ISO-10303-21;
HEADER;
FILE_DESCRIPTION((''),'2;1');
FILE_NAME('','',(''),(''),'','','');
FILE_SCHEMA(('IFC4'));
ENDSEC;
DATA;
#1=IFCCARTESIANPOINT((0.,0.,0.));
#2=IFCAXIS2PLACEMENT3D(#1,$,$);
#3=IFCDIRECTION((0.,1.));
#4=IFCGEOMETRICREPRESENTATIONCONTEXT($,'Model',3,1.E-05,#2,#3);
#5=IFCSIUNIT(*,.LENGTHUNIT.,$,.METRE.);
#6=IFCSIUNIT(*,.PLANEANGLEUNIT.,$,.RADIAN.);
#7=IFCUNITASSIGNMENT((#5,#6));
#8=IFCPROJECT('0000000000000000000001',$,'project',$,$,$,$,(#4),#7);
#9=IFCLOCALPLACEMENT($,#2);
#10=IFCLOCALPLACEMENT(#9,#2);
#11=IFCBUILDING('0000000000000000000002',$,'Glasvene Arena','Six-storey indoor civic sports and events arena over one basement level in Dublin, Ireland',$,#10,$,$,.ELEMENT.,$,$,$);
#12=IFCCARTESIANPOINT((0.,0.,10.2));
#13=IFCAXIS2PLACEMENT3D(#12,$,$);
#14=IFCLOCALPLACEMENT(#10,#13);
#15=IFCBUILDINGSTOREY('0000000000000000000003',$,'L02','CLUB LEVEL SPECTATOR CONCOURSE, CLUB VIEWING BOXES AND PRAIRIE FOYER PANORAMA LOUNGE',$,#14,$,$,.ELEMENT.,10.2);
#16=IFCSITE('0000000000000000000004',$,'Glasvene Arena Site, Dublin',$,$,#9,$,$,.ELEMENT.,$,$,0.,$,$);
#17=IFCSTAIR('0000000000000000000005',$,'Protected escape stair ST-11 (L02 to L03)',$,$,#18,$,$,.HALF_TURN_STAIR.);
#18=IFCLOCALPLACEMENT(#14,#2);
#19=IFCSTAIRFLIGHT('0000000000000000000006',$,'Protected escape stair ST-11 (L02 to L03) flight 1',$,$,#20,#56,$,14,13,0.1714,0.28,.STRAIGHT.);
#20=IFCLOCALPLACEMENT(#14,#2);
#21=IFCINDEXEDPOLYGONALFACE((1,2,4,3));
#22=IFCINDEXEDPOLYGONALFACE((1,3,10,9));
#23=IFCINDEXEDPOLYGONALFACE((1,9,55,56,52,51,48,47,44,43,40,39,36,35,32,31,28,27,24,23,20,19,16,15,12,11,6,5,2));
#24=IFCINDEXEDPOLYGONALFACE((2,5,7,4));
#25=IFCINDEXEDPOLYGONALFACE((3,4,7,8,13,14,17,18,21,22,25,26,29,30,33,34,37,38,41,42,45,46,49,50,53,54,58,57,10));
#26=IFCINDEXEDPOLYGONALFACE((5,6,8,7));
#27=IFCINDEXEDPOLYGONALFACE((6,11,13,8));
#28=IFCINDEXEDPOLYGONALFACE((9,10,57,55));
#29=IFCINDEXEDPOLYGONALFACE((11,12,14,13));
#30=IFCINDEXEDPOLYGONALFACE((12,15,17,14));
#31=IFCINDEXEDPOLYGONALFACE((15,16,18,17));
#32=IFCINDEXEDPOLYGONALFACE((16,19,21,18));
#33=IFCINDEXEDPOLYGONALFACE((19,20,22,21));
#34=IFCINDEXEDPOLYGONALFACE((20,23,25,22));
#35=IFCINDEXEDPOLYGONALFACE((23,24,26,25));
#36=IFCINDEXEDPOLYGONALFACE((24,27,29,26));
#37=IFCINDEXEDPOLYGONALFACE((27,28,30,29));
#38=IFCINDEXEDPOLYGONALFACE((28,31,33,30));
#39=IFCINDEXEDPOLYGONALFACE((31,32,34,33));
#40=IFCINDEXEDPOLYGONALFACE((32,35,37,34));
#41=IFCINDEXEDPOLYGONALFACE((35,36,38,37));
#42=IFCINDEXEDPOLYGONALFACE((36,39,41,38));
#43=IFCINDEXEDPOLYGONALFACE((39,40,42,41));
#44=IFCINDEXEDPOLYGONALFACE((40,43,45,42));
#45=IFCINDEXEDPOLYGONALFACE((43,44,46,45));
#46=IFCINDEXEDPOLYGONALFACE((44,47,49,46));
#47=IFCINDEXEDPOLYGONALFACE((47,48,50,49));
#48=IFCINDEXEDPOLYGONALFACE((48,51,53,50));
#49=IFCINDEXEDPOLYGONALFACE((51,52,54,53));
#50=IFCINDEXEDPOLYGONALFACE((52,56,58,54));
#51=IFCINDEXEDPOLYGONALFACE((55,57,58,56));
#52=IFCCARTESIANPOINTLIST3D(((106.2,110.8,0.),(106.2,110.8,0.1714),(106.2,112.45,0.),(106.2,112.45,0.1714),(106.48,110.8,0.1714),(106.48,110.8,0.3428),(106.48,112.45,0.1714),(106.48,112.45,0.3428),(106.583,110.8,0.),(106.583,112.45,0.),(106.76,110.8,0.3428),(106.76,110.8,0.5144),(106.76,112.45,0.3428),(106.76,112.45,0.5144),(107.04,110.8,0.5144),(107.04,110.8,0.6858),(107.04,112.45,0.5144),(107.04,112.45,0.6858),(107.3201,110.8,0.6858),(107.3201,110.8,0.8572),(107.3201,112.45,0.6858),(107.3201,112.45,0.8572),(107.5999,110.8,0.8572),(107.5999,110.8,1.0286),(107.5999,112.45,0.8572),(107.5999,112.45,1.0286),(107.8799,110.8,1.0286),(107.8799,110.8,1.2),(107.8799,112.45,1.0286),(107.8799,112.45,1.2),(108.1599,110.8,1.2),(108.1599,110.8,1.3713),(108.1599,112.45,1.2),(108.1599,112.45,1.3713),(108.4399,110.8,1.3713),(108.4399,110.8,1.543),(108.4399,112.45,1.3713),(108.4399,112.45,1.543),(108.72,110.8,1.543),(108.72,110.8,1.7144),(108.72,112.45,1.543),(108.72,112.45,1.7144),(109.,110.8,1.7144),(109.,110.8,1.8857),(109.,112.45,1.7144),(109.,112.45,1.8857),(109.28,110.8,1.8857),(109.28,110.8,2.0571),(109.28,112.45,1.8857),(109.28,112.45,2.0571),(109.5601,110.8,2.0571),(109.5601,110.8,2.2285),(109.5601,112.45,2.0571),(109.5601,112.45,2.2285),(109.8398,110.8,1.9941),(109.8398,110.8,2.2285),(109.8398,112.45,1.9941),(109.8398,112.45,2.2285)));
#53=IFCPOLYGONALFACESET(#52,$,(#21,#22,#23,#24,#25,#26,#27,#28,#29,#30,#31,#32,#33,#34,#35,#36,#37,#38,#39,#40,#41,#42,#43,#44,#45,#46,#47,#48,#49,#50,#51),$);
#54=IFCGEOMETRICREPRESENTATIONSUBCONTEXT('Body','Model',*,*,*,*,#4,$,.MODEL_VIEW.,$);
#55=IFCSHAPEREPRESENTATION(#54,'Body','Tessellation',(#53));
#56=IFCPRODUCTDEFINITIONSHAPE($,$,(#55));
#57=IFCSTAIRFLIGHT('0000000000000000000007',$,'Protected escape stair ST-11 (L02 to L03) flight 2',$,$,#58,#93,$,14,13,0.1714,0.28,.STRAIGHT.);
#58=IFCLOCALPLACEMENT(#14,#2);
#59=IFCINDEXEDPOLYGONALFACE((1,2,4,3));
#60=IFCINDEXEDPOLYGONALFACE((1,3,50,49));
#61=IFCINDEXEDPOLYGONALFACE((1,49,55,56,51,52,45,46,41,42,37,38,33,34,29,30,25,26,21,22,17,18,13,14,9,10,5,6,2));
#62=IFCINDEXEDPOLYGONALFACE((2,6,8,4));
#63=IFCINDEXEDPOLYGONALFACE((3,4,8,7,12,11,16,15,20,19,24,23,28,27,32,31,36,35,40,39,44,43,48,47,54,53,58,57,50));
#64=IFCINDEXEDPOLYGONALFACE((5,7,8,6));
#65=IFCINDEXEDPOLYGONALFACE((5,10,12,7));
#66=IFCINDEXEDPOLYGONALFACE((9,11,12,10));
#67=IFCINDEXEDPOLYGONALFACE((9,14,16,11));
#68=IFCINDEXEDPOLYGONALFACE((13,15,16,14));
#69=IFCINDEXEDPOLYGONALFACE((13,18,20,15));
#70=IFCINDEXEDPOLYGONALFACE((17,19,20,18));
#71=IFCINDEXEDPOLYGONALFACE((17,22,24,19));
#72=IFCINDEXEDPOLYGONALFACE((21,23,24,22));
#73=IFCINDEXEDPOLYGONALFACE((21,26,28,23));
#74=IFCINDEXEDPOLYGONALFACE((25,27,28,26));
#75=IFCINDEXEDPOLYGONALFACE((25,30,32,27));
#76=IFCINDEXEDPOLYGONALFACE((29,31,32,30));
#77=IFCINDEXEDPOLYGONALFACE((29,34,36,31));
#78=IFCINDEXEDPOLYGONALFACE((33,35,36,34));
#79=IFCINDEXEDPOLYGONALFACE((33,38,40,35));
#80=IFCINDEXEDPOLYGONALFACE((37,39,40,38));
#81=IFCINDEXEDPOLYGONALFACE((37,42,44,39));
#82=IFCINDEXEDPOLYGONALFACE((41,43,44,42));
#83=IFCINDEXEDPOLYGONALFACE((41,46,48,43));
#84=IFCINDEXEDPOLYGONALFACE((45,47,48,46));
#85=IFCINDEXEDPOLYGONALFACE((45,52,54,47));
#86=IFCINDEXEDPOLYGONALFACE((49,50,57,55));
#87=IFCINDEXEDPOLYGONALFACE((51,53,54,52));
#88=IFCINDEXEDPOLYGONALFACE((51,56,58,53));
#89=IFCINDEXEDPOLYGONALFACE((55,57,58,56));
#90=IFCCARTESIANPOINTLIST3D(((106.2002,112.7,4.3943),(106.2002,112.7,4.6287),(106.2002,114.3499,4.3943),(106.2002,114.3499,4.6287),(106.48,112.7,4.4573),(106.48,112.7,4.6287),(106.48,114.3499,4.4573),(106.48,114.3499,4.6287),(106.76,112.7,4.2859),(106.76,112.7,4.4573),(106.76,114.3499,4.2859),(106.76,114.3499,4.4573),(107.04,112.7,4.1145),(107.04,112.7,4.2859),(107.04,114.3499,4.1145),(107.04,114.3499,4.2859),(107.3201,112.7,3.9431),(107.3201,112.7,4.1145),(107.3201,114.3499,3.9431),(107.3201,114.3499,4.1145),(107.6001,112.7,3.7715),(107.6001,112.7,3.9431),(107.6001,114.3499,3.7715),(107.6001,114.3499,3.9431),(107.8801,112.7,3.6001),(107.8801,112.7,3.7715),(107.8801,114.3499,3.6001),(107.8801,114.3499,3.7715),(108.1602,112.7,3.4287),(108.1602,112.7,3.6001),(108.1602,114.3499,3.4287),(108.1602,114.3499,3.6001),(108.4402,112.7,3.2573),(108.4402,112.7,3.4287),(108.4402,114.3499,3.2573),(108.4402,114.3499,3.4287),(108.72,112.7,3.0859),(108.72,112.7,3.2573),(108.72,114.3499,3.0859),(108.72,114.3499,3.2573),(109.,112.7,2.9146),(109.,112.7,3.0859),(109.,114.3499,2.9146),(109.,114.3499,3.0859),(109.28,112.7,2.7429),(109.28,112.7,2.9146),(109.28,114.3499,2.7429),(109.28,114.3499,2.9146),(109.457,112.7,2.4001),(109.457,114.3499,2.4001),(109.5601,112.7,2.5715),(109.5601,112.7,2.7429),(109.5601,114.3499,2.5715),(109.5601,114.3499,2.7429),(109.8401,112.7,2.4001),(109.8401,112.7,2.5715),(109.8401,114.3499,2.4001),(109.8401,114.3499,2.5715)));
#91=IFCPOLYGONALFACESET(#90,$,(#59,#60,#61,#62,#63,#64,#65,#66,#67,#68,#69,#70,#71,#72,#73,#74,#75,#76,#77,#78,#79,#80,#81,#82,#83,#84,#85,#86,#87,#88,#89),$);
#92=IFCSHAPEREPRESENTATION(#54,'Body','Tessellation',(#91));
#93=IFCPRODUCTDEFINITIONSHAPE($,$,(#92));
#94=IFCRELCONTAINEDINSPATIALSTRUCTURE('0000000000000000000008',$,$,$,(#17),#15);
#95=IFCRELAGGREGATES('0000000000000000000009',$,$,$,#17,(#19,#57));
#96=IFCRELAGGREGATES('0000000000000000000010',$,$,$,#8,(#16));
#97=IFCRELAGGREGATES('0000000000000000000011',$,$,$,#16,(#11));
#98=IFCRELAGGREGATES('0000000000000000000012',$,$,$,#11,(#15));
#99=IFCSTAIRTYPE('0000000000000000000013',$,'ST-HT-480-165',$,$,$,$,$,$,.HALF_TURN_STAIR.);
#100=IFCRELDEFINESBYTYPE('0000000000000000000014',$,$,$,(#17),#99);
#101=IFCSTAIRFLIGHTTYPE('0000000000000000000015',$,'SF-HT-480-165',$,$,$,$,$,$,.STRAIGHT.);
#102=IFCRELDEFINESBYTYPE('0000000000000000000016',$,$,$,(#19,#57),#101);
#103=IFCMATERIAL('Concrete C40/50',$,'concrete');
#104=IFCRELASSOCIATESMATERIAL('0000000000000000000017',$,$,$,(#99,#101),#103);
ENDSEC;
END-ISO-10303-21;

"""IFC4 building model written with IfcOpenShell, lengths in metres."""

from ifc_helpers import new_model, si_unit, direction, frame, origin, place, context, subcontext, project, spatial, polyline, outline, extrude, material, type_object, element, aggregate, save


model = new_model("IFC4")

# Units and contexts
model_context = context("Model", 3, precision=1e-05, world=origin(), true_north=direction((0.0, 1.0)))
body_context = subcontext(model_context, "Body", "Model", "MODEL_VIEW")
ifc_project = project(units=[si_unit("LENGTHUNIT", "METRE"), si_unit("PLANEANGLEUNIT", "RADIAN")], contexts=[model_context])

# Site, building, storey
site_placement = place(None, origin())
site = spatial("IfcSite", under=ifc_project, at=site_placement, Name="Glasvene Arena Site, Dublin", CompositionType="ELEMENT", RefElevation=0.0)
building_placement = place(site_placement, origin())
building = spatial("IfcBuilding", under=site, at=building_placement, Name="Glasvene Arena", Description="Six-storey indoor civic sports and events arena over one basement level in Dublin, Ireland", CompositionType="ELEMENT")
storey_placement = place(building_placement, frame((0.0, 0.0, 10.2)))
storey = spatial("IfcBuildingStorey", under=building, at=storey_placement, Name="L02", Description="CLUB LEVEL SPECTATOR CONCOURSE, CLUB VIEWING BOXES AND PRAIRIE FOYER PANORAMA LOUNGE", CompositionType="ELEMENT", Elevation=10.2)

# Shared definitions
ifc_material_1 = material(Name="Concrete C40/50", Category="concrete")

# Stair, stair flights
stair_type = type_object("IfcStairType", Name="ST-HT-480-165", PredefinedType="HALF_TURN_STAIR", material=ifc_material_1)
stair_placement = place(storey_placement, origin())
stair = element("IfcStair", 1, at=stair_placement, inside=storey, type_object=stair_type, Name="Protected escape stair ST-11 (L02 to L03)", PredefinedType="HALF_TURN_STAIR")
stair_flight_type = type_object("IfcStairFlightType", Name="SF-HT-480-165", PredefinedType="STRAIGHT", material=ifc_material_1)
stair_flight_1_placement = place(storey_placement, frame((106.2, 111.625, 0.0), z_axis=(0.0, 0.0, 1.0), x_axis=(1.0, 0.0, 0.0)))
stair_flight_1 = element("IfcStairFlight", 2, at=stair_flight_1_placement, type_object=stair_flight_type, Name="Protected escape stair ST-11 (L02 to L03) flight 1", NumberOfRisers=14, NumberOfTreads=13, PredefinedType="STRAIGHT", RiserHeight=0.1714, TreadLength=0.28, context=body_context, shape_type="SweptSolid", body=[
    extrude(outline(polyline([(0.0, 0.0), (0.0, 0.1714), (0.28, 0.1714), (0.28, 0.3428), (0.5601, 0.3428), (0.5601, 0.5144), (0.8401, 0.5144), (0.8401, 0.6858), (1.1201, 0.6858), (1.1201, 0.8572), (1.3999, 0.8572), (1.3999, 1.0286), (1.6799, 1.0286), (1.6799, 1.2), (1.96, 1.2), (1.96, 1.3713), (2.24, 1.3713), (2.24, 1.543), (2.52, 1.543), (2.52, 1.7144), (2.8, 1.7144), (2.8, 1.8857), (3.0801, 1.8857), (3.0801, 2.0571), (3.3601, 2.0571), (3.3601, 2.2285), (3.6399, 2.2285), (3.6399, 2.3999), (3.6399, 1.9941), (0.3831, 0.0), (0.0, 0.0)])), frame((0.0, 0.825, 0.0), z_axis=(0.0, -1.0, 0.0), x_axis=(1.0, 0.0, 0.0)), (0.0, 0.0, 1.0), 1.6499),
])
stair_flight_2_placement = place(storey_placement, frame((109.8401, 113.5249, 2.4001), z_axis=(0.0, 0.0, 1.0), x_axis=(-1.0, 0.0, 0.0)))
stair_flight_2 = element("IfcStairFlight", 3, at=stair_flight_2_placement, type_object=stair_flight_type, Name="Protected escape stair ST-11 (L02 to L03) flight 2", NumberOfRisers=14, NumberOfTreads=13, PredefinedType="STRAIGHT", RiserHeight=0.1714, TreadLength=0.28, context=body_context, shape_type="SweptSolid", body=[
    extrude(outline(polyline([(0.0, 0.0), (0.0, 0.1714), (0.28, 0.1714), (0.28, 0.3428), (0.5601, 0.3428), (0.5601, 0.5144), (0.8401, 0.5144), (0.8401, 0.6858), (1.1201, 0.6858), (1.1201, 0.8572), (1.3999, 0.8572), (1.3999, 1.0286), (1.6799, 1.0286), (1.6799, 1.2), (1.96, 1.2), (1.96, 1.3713), (2.24, 1.3713), (2.24, 1.543), (2.52, 1.543), (2.52, 1.7144), (2.8, 1.7144), (2.8, 1.8857), (3.0801, 1.8857), (3.0801, 2.0571), (3.3601, 2.0571), (3.3601, 2.2285), (3.6399, 2.2285), (3.6399, 2.3999), (3.6399, 1.9941), (0.3831, 0.0), (0.0, 0.0)])), frame((0.0, 0.825, 0.0), z_axis=(0.0, -1.0, 0.0), x_axis=(1.0, 0.0, 0.0)), (0.0, 0.0, 1.0), 1.6499),
])
aggregate(stair, [stair_flight_1, stair_flight_2])

save(model, "model.ifc")
